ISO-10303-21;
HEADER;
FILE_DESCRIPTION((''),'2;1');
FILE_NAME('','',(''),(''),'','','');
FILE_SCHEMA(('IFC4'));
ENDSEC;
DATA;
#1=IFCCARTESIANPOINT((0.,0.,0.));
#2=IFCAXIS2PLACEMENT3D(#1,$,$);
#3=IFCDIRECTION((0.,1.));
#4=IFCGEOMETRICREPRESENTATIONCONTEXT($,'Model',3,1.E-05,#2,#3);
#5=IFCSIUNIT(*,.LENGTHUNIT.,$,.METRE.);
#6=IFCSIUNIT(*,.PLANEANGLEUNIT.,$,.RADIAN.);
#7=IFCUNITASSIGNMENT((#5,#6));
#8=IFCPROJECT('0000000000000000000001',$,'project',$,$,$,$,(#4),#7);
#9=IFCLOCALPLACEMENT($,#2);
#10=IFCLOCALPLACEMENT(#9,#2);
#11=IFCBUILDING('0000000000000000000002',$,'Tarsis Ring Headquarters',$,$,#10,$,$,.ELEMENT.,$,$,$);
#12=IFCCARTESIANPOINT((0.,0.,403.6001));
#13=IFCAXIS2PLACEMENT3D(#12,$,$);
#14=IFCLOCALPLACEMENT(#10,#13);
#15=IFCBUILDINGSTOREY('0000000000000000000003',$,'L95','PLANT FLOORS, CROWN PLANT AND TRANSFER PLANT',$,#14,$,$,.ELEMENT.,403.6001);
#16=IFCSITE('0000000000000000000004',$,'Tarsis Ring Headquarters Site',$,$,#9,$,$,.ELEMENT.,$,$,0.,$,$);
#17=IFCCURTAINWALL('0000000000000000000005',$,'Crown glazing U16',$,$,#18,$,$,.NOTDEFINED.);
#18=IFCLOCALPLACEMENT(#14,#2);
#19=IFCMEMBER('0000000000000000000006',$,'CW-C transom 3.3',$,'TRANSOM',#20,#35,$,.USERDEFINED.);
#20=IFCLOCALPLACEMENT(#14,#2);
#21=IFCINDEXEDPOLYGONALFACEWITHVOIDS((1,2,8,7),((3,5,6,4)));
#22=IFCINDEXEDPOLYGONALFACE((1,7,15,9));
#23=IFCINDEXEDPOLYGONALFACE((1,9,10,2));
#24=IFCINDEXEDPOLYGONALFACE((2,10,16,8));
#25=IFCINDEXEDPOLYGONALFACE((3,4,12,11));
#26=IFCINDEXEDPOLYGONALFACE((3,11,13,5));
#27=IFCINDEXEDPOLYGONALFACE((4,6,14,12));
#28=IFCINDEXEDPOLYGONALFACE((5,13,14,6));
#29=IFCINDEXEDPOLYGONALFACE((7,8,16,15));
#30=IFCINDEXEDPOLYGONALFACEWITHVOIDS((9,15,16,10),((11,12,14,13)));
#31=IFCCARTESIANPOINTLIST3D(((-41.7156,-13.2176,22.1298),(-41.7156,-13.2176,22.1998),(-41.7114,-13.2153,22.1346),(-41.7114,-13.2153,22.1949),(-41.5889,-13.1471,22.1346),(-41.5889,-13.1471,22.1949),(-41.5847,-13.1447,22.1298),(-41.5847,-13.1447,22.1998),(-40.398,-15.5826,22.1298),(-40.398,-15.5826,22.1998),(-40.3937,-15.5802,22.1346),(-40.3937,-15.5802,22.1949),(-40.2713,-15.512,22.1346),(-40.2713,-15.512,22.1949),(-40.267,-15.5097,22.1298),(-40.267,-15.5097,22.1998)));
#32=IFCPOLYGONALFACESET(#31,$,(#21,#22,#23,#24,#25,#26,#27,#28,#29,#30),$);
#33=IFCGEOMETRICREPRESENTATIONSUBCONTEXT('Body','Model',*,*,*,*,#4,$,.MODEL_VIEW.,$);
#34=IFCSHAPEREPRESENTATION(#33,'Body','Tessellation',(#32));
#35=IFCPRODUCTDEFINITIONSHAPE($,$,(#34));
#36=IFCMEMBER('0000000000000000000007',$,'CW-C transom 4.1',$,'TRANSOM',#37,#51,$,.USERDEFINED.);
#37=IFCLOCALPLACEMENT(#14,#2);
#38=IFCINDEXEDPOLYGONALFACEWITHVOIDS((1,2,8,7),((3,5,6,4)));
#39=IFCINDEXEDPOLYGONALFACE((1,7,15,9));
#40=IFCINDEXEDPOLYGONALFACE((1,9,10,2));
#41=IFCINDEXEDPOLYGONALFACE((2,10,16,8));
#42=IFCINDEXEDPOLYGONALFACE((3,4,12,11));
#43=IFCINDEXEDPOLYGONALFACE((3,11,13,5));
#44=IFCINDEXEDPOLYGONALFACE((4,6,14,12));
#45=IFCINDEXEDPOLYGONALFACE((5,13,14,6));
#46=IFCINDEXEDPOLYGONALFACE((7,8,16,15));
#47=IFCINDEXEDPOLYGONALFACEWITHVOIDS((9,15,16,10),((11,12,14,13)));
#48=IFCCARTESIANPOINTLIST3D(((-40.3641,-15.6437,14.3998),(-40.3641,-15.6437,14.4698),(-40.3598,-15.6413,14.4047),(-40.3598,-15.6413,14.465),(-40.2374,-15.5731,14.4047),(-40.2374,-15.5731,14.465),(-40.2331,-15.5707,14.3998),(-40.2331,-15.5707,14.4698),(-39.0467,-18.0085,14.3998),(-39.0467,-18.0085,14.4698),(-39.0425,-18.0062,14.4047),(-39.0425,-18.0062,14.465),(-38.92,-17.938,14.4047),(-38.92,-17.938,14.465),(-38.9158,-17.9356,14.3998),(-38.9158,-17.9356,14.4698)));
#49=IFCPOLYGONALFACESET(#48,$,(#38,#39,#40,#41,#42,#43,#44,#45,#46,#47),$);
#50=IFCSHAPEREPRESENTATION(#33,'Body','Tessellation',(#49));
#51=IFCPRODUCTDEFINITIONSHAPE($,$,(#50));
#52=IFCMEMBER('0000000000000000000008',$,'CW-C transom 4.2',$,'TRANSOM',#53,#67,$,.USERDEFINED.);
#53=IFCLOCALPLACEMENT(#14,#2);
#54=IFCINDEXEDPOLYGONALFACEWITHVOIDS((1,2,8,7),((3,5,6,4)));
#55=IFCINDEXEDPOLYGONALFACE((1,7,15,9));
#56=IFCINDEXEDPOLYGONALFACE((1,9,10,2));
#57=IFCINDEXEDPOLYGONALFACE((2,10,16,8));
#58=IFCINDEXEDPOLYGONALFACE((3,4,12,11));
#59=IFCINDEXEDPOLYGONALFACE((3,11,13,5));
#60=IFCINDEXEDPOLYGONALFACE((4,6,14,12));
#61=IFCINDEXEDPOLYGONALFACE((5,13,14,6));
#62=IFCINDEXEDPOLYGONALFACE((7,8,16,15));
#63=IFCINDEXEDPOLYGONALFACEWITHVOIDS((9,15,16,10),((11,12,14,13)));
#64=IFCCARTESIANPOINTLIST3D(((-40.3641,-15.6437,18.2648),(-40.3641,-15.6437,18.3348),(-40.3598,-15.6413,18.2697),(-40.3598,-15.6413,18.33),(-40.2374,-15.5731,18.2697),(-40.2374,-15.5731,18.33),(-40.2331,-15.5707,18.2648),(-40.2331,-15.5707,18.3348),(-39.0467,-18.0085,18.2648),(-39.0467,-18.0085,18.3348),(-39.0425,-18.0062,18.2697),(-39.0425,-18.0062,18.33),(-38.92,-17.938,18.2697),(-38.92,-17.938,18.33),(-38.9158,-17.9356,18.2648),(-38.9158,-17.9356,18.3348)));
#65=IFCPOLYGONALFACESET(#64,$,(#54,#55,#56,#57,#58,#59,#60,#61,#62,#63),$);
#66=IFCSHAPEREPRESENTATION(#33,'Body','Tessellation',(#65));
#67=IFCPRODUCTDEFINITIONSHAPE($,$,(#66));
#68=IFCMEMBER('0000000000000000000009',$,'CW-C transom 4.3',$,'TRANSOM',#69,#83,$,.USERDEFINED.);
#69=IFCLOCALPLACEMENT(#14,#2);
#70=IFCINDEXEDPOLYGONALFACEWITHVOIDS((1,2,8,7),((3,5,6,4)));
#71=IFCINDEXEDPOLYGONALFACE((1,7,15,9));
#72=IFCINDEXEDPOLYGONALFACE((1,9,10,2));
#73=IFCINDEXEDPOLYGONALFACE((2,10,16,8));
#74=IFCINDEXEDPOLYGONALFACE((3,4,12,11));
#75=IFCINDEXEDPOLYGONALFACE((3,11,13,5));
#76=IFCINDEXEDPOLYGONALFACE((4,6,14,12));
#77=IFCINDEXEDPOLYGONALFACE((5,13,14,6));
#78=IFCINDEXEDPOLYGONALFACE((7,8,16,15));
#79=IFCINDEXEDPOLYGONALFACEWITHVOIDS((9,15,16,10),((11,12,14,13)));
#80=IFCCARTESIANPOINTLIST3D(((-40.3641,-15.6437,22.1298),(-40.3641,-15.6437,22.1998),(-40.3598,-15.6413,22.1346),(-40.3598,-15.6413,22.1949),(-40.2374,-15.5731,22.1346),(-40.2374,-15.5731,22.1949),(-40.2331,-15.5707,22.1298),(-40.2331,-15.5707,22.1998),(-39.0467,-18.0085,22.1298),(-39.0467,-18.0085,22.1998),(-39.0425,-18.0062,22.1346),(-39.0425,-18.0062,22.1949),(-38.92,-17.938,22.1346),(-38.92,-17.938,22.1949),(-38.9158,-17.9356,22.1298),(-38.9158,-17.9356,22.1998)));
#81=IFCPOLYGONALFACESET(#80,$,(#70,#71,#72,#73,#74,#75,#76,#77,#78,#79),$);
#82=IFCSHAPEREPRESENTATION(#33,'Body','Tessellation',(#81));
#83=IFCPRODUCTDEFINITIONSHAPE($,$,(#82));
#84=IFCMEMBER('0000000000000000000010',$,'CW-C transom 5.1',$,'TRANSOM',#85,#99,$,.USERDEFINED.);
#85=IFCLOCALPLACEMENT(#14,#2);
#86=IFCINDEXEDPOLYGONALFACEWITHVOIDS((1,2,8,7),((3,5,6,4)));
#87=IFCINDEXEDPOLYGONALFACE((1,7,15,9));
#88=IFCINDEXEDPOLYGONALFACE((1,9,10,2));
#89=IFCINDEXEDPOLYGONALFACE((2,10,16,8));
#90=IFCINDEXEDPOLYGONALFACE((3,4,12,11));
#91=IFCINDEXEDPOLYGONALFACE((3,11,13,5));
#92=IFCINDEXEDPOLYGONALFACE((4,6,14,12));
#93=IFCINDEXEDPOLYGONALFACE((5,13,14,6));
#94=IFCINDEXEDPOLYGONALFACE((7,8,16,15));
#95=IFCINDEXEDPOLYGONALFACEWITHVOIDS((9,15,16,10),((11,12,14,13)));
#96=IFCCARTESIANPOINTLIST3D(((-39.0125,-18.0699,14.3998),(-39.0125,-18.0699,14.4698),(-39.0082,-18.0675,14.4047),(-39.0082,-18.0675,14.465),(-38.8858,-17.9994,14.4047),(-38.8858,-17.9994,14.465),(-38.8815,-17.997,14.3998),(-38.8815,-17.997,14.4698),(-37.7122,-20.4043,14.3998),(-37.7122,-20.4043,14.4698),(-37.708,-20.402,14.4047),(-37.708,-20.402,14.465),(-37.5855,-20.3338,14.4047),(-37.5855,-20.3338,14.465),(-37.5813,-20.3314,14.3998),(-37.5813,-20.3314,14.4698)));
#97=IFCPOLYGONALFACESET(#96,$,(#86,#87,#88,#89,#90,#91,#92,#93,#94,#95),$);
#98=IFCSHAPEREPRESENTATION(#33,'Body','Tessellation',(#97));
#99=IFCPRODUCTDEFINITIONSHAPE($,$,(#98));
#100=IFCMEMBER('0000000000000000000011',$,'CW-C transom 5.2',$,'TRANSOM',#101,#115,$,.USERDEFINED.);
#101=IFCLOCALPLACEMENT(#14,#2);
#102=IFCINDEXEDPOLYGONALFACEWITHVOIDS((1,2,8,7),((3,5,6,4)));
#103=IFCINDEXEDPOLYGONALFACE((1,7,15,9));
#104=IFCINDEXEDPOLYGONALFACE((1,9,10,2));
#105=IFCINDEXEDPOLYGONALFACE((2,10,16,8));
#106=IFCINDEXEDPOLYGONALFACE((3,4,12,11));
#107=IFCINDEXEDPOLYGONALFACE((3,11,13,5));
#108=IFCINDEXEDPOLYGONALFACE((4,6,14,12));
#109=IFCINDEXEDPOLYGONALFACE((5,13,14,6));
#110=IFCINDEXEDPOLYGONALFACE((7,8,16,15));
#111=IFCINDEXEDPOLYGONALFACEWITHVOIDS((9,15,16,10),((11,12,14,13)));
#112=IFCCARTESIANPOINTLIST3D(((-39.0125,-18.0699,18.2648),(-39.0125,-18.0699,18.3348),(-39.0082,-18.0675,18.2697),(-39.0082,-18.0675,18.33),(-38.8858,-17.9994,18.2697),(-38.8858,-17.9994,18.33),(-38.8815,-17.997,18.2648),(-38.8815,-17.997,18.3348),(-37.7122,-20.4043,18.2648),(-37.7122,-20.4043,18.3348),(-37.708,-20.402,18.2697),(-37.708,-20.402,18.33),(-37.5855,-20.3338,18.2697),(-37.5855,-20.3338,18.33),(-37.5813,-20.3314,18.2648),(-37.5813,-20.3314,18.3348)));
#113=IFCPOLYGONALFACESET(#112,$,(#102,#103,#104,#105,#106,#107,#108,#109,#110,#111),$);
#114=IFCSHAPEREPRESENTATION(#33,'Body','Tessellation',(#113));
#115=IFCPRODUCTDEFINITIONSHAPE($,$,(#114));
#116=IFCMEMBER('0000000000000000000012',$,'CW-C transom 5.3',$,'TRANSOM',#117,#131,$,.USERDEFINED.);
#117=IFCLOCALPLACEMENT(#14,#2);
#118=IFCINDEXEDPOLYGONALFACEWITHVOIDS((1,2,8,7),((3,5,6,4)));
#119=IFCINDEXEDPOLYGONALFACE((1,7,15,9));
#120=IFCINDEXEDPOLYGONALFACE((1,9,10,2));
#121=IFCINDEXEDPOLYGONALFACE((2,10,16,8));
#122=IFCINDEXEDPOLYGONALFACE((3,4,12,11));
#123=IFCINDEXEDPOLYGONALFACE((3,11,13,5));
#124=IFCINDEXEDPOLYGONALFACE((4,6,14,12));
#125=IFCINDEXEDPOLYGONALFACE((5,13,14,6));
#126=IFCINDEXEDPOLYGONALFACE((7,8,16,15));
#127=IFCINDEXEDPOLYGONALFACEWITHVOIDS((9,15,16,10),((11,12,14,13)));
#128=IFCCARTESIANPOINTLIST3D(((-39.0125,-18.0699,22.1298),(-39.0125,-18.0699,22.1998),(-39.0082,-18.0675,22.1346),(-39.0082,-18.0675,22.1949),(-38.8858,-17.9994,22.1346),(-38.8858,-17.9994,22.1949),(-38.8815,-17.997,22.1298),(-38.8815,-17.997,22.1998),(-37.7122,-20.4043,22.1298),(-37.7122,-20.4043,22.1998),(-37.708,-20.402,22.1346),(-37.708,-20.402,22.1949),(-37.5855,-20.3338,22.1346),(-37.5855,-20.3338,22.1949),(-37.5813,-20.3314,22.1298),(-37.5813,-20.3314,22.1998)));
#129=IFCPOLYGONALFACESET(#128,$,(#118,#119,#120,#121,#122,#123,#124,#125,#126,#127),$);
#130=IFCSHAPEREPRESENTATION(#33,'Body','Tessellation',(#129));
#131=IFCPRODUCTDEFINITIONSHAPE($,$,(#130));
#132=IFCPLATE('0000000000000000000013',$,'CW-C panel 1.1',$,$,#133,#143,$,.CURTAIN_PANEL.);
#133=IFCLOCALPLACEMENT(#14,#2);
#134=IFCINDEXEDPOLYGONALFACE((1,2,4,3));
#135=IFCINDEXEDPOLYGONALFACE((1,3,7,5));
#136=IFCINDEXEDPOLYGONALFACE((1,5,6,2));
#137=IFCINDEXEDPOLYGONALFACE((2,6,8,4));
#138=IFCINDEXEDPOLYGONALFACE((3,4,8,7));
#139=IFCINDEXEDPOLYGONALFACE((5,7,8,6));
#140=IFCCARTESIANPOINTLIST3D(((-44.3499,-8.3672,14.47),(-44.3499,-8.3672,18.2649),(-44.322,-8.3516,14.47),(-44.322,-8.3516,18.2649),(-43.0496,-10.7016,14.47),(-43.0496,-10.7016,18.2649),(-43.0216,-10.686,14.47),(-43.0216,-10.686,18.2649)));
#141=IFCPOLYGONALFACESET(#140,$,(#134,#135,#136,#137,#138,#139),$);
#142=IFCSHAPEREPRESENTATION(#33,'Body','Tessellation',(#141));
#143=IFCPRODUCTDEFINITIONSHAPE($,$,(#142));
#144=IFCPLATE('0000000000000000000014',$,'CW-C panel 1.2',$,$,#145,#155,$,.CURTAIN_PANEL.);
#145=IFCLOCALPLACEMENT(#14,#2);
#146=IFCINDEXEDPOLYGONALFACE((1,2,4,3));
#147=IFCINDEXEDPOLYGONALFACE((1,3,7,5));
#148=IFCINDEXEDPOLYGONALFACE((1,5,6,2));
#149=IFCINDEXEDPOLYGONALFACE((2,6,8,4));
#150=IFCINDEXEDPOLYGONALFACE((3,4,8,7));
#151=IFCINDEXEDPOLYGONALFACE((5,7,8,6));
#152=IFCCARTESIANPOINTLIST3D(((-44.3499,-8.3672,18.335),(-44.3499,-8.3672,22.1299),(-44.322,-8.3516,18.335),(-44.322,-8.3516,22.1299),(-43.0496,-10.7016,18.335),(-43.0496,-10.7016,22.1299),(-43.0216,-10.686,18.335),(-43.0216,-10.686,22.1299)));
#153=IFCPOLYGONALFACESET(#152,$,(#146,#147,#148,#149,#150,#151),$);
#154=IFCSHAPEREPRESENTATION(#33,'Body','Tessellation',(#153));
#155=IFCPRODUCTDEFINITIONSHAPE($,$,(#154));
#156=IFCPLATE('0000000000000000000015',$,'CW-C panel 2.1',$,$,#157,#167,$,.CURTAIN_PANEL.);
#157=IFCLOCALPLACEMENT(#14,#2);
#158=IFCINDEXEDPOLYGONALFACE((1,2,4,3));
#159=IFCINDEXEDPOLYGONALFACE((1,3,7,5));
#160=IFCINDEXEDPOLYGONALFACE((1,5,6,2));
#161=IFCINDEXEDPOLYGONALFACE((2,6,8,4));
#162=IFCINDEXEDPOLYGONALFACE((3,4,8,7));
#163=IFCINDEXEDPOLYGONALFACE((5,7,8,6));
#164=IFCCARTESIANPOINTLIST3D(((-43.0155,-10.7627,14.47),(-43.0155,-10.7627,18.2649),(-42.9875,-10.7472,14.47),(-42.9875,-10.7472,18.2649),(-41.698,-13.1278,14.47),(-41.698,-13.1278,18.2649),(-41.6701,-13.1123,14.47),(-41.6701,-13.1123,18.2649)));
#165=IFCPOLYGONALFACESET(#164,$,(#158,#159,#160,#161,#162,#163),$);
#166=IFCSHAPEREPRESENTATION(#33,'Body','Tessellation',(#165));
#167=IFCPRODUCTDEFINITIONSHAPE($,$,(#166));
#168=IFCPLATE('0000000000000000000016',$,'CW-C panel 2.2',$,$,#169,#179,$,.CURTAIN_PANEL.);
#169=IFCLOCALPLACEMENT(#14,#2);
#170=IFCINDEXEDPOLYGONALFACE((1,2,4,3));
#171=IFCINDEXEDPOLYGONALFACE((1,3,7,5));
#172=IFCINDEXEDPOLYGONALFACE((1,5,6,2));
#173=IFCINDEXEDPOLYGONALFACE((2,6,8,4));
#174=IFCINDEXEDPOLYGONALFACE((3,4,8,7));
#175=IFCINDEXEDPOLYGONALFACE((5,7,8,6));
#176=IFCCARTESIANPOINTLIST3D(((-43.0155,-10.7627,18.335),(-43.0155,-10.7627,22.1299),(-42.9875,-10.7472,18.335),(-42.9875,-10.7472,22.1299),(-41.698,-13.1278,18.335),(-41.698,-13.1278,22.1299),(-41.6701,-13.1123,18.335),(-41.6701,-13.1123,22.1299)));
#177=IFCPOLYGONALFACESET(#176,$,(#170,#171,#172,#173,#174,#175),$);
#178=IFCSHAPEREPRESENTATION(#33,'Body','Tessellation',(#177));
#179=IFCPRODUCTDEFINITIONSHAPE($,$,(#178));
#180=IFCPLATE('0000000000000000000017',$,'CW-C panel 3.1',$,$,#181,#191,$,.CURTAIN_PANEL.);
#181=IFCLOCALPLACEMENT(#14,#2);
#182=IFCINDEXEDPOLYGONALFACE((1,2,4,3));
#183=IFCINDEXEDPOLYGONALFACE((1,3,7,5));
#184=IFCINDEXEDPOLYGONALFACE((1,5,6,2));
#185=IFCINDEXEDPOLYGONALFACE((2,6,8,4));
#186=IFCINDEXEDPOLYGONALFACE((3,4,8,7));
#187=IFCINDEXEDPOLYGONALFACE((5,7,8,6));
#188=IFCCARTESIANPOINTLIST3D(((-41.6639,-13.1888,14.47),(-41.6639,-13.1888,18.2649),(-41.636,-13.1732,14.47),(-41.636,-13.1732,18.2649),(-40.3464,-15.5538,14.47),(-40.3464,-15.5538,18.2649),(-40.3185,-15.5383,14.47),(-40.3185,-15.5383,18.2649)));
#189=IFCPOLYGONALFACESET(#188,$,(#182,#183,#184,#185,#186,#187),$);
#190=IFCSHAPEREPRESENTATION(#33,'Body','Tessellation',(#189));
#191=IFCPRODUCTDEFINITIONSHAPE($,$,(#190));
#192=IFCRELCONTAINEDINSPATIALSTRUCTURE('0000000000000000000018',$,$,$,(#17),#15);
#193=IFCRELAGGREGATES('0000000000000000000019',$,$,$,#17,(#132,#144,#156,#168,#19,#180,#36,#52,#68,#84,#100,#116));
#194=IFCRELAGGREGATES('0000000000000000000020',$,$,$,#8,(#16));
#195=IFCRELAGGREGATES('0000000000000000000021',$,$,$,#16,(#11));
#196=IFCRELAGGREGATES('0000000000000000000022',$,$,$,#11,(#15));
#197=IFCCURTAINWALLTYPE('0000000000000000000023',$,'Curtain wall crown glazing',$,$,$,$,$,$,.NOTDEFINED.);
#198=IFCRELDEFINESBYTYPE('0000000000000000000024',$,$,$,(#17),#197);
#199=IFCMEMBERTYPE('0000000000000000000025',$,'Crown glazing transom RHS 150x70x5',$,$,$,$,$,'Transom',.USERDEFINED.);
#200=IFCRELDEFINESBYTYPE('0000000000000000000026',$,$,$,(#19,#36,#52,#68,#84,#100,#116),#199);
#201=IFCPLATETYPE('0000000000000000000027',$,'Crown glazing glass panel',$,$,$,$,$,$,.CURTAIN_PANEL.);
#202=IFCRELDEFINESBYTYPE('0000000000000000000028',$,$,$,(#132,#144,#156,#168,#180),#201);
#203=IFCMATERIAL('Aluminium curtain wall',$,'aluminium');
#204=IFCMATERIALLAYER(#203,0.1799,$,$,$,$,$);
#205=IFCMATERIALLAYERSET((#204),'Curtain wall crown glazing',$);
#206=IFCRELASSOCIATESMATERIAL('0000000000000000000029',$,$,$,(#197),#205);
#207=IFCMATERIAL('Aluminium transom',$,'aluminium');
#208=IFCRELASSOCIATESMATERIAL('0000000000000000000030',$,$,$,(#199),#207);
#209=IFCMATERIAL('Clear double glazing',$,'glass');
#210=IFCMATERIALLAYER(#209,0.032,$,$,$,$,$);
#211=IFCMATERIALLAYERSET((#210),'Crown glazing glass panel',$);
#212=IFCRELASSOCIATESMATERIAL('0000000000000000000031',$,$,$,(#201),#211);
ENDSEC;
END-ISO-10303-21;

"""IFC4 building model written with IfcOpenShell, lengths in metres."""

from ifc_helpers import new_model, si_unit, direction, frame, origin, origin_2d, place, context, subcontext, project, spatial, rectangle, hollow_rectangle, extrude, material, layer, layer_set, material_profile, profile_set, type_object, element, aggregate, save


model = new_model("IFC4")

# Units and contexts
model_context = context("Model", 3, precision=1e-05, world=origin(), true_north=direction((0.0, 1.0)))
body_context = subcontext(model_context, "Body", "Model", "MODEL_VIEW")
ifc_project = project(units=[si_unit("LENGTHUNIT", "METRE"), si_unit("PLANEANGLEUNIT", "RADIAN")], contexts=[model_context])

# Site, building, storey
site_placement = place(None, origin())
site = spatial("IfcSite", under=ifc_project, at=site_placement, Name="Tarsis Ring Headquarters Site", CompositionType="ELEMENT", RefElevation=0.0)
building_placement = place(site_placement, origin())
building = spatial("IfcBuilding", under=site, at=building_placement, Name="Tarsis Ring Headquarters", CompositionType="ELEMENT")
storey_placement = place(building_placement, frame((0.0, 0.0, 403.6001)))
storey = spatial("IfcBuildingStorey", under=building, at=storey_placement, Name="L95", Description="PLANT FLOORS, CROWN PLANT AND TRANSFER PLANT", CompositionType="ELEMENT", Elevation=403.6001)

# Curtain wall, members, plates
ifc_material_1 = material(Name="Aluminium curtain wall", Category="aluminium")
ifc_layer_1 = layer(ifc_material_1, 0.1799)
ifc_layer_set_1 = layer_set([ifc_layer_1], Name="Curtain wall crown glazing")
curtain_wall_type = type_object("IfcCurtainWallType", Name="Curtain wall crown glazing", PredefinedType="NOTDEFINED", material=ifc_layer_set_1)
curtain_wall_placement = place(storey_placement, origin())
curtain_wall = element("IfcCurtainWall", 1, at=curtain_wall_placement, inside=storey, type_object=curtain_wall_type, Name="Crown glazing U16", PredefinedType="NOTDEFINED")
ifc_material_2 = material(Name="Aluminium transom", Category="aluminium")
ifc_material_profile_1 = material_profile(ifc_material_2, hollow_rectangle(XDim=0.1499, YDim=0.0701, WallThickness=0.0049, at=origin_2d()), Name="RHS 150x70x5")
ifc_profile_set_1 = profile_set([ifc_material_profile_1], Name="Aluminium transom")
member_type_1 = type_object("IfcMemberType", Name="Crown glazing transom RHS 150x70x5", ElementType="Transom", PredefinedType="USERDEFINED", material=ifc_profile_set_1)
member_1_placement = place(storey_placement, frame((-41.6501, -13.1812, 22.1648), z_axis=(0.486699, -0.87357, 0.0), x_axis=(0.87357, 0.486699, 0.0)))
member_1 = element("IfcMember", 2, at=member_1_placement, type_object=member_type_1, Name="CW-C transom 3.3", ObjectType="TRANSOM", PredefinedType="USERDEFINED", context=body_context, shape_type="SweptSolid", body=[
    extrude(hollow_rectangle(XDim=0.1499, YDim=0.0701, WallThickness=0.0049, at=origin_2d()), origin(), (0.0, 0.0, 1.0), 2.7073),
])
member_2_placement = place(storey_placement, frame((-40.2986, -15.6072, 14.4348), z_axis=(0.48663, -0.873608, 0.0), x_axis=(0.873608, 0.48663, 0.0)))
member_2 = element("IfcMember", 3, at=member_2_placement, type_object=member_type_1, Name="CW-C transom 4.1", ObjectType="TRANSOM", PredefinedType="USERDEFINED", context=body_context, shape_type="SweptSolid", body=[
    extrude(hollow_rectangle(XDim=0.1499, YDim=0.0701, WallThickness=0.0049, at=origin_2d()), origin(), (0.0, 0.0, 1.0), 2.707),
])
member_3_placement = place(storey_placement, frame((-40.2986, -15.6072, 18.2998), z_axis=(0.48663, -0.873608, 0.0), x_axis=(0.873608, 0.48663, 0.0)))
member_3 = element("IfcMember", 4, at=member_3_placement, type_object=member_type_1, Name="CW-C transom 4.2", ObjectType="TRANSOM", PredefinedType="USERDEFINED", context=body_context, shape_type="SweptSolid", body=[
    extrude(hollow_rectangle(XDim=0.1499, YDim=0.0701, WallThickness=0.0049, at=origin_2d()), origin(), (0.0, 0.0, 1.0), 2.707),
])
member_4_placement = place(storey_placement, frame((-40.2986, -15.6072, 22.1648), z_axis=(0.48663, -0.873608, 0.0), x_axis=(0.873608, 0.48663, 0.0)))
member_4 = element("IfcMember", 5, at=member_4_placement, type_object=member_type_1, Name="CW-C transom 4.3", ObjectType="TRANSOM", PredefinedType="USERDEFINED", context=body_context, shape_type="SweptSolid", body=[
    extrude(hollow_rectangle(XDim=0.1499, YDim=0.0701, WallThickness=0.0049, at=origin_2d()), origin(), (0.0, 0.0, 1.0), 2.707),
])
member_5_placement = place(storey_placement, frame((-38.947, -18.0334, 14.4348), z_axis=(0.486605, -0.873622, 0.0), x_axis=(0.873622, 0.486605, 0.0)))
member_5 = element("IfcMember", 6, at=member_5_placement, type_object=member_type_1, Name="CW-C transom 5.1", ObjectType="TRANSOM", PredefinedType="USERDEFINED", context=body_context, shape_type="SweptSolid", body=[
    extrude(hollow_rectangle(XDim=0.1499, YDim=0.0701, WallThickness=0.0049, at=origin_2d()), origin(), (0.0, 0.0, 1.0), 2.6721),
])
member_6_placement = place(storey_placement, frame((-38.947, -18.0334, 18.2998), z_axis=(0.486605, -0.873622, 0.0), x_axis=(0.873622, 0.486605, 0.0)))
member_6 = element("IfcMember", 7, at=member_6_placement, type_object=member_type_1, Name="CW-C transom 5.2", ObjectType="TRANSOM", PredefinedType="USERDEFINED", context=body_context, shape_type="SweptSolid", body=[
    extrude(hollow_rectangle(XDim=0.1499, YDim=0.0701, WallThickness=0.0049, at=origin_2d()), origin(), (0.0, 0.0, 1.0), 2.6721),
])
member_7_placement = place(storey_placement, frame((-38.947, -18.0334, 22.1648), z_axis=(0.486605, -0.873622, 0.0), x_axis=(0.873622, 0.486605, 0.0)))
member_7 = element("IfcMember", 8, at=member_7_placement, type_object=member_type_1, Name="CW-C transom 5.3", ObjectType="TRANSOM", PredefinedType="USERDEFINED", context=body_context, shape_type="SweptSolid", body=[
    extrude(hollow_rectangle(XDim=0.1499, YDim=0.0701, WallThickness=0.0049, at=origin_2d()), origin(), (0.0, 0.0, 1.0), 2.6721),
])
ifc_material_3 = material(Name="Clear double glazing", Category="glass")
ifc_layer_2 = layer(ifc_material_3, 0.032)
ifc_layer_set_2 = layer_set([ifc_layer_2], Name="Crown glazing glass panel")
plate_type = type_object("IfcPlateType", Name="Crown glazing glass panel", PredefinedType="CURTAIN_PANEL", material=ifc_layer_set_2)
plate_1_placement = place(storey_placement, frame((-43.6858, -9.5266, 14.47), z_axis=(0.0, 0.0, 1.0), x_axis=(0.48664, -0.873602, 0.0)))
plate_1 = element("IfcPlate", 9, at=plate_1_placement, type_object=plate_type, Name="CW-C panel 1.1", PredefinedType="CURTAIN_PANEL", context=body_context, shape_type="SweptSolid", body=[
    extrude(rectangle(XDim=2.6721, YDim=0.032, at=origin_2d()), origin(), (0.0, 0.0, 1.0), 3.7949),
])
plate_2_placement = place(storey_placement, frame((-43.6858, -9.5266, 18.335), z_axis=(0.0, 0.0, 1.0), x_axis=(0.48664, -0.873602, 0.0)))
plate_2 = element("IfcPlate", 10, at=plate_2_placement, type_object=plate_type, Name="CW-C panel 1.2", PredefinedType="CURTAIN_PANEL", context=body_context, shape_type="SweptSolid", body=[
    extrude(rectangle(XDim=2.6721, YDim=0.032, at=origin_2d()), origin(), (0.0, 0.0, 1.0), 3.7949),
])
plate_3_placement = place(storey_placement, frame((-42.3428, -11.9375, 14.47), z_axis=(0.0, 0.0, 1.0), x_axis=(0.48664, -0.873602, 0.0)))
plate_3 = element("IfcPlate", 11, at=plate_3_placement, type_object=plate_type, Name="CW-C panel 2.1", PredefinedType="CURTAIN_PANEL", context=body_context, shape_type="SweptSolid", body=[
    extrude(rectangle(XDim=2.7073, YDim=0.032, at=origin_2d()), origin(), (0.0, 0.0, 1.0), 3.7949),
])
plate_4_placement = place(storey_placement, frame((-42.3428, -11.9375, 18.335), z_axis=(0.0, 0.0, 1.0), x_axis=(0.48664, -0.873602, 0.0)))
plate_4 = element("IfcPlate", 12, at=plate_4_placement, type_object=plate_type, Name="CW-C panel 2.2", PredefinedType="CURTAIN_PANEL", context=body_context, shape_type="SweptSolid", body=[
    extrude(rectangle(XDim=2.7073, YDim=0.032, at=origin_2d()), origin(), (0.0, 0.0, 1.0), 3.7949),
])
plate_5_placement = place(storey_placement, frame((-40.9912, -14.3635, 14.47), z_axis=(0.0, 0.0, 1.0), x_axis=(0.48664, -0.873602, 0.0)))
plate_5 = element("IfcPlate", 13, at=plate_5_placement, type_object=plate_type, Name="CW-C panel 3.1", PredefinedType="CURTAIN_PANEL", context=body_context, shape_type="SweptSolid", body=[
    extrude(rectangle(XDim=2.7073, YDim=0.032, at=origin_2d()), origin(), (0.0, 0.0, 1.0), 3.7949),
])
aggregate(curtain_wall, [plate_1, plate_2, plate_3, plate_4, member_1, plate_5, member_2, member_3, member_4, member_5, member_6, member_7])

save(model, "model.ifc")
